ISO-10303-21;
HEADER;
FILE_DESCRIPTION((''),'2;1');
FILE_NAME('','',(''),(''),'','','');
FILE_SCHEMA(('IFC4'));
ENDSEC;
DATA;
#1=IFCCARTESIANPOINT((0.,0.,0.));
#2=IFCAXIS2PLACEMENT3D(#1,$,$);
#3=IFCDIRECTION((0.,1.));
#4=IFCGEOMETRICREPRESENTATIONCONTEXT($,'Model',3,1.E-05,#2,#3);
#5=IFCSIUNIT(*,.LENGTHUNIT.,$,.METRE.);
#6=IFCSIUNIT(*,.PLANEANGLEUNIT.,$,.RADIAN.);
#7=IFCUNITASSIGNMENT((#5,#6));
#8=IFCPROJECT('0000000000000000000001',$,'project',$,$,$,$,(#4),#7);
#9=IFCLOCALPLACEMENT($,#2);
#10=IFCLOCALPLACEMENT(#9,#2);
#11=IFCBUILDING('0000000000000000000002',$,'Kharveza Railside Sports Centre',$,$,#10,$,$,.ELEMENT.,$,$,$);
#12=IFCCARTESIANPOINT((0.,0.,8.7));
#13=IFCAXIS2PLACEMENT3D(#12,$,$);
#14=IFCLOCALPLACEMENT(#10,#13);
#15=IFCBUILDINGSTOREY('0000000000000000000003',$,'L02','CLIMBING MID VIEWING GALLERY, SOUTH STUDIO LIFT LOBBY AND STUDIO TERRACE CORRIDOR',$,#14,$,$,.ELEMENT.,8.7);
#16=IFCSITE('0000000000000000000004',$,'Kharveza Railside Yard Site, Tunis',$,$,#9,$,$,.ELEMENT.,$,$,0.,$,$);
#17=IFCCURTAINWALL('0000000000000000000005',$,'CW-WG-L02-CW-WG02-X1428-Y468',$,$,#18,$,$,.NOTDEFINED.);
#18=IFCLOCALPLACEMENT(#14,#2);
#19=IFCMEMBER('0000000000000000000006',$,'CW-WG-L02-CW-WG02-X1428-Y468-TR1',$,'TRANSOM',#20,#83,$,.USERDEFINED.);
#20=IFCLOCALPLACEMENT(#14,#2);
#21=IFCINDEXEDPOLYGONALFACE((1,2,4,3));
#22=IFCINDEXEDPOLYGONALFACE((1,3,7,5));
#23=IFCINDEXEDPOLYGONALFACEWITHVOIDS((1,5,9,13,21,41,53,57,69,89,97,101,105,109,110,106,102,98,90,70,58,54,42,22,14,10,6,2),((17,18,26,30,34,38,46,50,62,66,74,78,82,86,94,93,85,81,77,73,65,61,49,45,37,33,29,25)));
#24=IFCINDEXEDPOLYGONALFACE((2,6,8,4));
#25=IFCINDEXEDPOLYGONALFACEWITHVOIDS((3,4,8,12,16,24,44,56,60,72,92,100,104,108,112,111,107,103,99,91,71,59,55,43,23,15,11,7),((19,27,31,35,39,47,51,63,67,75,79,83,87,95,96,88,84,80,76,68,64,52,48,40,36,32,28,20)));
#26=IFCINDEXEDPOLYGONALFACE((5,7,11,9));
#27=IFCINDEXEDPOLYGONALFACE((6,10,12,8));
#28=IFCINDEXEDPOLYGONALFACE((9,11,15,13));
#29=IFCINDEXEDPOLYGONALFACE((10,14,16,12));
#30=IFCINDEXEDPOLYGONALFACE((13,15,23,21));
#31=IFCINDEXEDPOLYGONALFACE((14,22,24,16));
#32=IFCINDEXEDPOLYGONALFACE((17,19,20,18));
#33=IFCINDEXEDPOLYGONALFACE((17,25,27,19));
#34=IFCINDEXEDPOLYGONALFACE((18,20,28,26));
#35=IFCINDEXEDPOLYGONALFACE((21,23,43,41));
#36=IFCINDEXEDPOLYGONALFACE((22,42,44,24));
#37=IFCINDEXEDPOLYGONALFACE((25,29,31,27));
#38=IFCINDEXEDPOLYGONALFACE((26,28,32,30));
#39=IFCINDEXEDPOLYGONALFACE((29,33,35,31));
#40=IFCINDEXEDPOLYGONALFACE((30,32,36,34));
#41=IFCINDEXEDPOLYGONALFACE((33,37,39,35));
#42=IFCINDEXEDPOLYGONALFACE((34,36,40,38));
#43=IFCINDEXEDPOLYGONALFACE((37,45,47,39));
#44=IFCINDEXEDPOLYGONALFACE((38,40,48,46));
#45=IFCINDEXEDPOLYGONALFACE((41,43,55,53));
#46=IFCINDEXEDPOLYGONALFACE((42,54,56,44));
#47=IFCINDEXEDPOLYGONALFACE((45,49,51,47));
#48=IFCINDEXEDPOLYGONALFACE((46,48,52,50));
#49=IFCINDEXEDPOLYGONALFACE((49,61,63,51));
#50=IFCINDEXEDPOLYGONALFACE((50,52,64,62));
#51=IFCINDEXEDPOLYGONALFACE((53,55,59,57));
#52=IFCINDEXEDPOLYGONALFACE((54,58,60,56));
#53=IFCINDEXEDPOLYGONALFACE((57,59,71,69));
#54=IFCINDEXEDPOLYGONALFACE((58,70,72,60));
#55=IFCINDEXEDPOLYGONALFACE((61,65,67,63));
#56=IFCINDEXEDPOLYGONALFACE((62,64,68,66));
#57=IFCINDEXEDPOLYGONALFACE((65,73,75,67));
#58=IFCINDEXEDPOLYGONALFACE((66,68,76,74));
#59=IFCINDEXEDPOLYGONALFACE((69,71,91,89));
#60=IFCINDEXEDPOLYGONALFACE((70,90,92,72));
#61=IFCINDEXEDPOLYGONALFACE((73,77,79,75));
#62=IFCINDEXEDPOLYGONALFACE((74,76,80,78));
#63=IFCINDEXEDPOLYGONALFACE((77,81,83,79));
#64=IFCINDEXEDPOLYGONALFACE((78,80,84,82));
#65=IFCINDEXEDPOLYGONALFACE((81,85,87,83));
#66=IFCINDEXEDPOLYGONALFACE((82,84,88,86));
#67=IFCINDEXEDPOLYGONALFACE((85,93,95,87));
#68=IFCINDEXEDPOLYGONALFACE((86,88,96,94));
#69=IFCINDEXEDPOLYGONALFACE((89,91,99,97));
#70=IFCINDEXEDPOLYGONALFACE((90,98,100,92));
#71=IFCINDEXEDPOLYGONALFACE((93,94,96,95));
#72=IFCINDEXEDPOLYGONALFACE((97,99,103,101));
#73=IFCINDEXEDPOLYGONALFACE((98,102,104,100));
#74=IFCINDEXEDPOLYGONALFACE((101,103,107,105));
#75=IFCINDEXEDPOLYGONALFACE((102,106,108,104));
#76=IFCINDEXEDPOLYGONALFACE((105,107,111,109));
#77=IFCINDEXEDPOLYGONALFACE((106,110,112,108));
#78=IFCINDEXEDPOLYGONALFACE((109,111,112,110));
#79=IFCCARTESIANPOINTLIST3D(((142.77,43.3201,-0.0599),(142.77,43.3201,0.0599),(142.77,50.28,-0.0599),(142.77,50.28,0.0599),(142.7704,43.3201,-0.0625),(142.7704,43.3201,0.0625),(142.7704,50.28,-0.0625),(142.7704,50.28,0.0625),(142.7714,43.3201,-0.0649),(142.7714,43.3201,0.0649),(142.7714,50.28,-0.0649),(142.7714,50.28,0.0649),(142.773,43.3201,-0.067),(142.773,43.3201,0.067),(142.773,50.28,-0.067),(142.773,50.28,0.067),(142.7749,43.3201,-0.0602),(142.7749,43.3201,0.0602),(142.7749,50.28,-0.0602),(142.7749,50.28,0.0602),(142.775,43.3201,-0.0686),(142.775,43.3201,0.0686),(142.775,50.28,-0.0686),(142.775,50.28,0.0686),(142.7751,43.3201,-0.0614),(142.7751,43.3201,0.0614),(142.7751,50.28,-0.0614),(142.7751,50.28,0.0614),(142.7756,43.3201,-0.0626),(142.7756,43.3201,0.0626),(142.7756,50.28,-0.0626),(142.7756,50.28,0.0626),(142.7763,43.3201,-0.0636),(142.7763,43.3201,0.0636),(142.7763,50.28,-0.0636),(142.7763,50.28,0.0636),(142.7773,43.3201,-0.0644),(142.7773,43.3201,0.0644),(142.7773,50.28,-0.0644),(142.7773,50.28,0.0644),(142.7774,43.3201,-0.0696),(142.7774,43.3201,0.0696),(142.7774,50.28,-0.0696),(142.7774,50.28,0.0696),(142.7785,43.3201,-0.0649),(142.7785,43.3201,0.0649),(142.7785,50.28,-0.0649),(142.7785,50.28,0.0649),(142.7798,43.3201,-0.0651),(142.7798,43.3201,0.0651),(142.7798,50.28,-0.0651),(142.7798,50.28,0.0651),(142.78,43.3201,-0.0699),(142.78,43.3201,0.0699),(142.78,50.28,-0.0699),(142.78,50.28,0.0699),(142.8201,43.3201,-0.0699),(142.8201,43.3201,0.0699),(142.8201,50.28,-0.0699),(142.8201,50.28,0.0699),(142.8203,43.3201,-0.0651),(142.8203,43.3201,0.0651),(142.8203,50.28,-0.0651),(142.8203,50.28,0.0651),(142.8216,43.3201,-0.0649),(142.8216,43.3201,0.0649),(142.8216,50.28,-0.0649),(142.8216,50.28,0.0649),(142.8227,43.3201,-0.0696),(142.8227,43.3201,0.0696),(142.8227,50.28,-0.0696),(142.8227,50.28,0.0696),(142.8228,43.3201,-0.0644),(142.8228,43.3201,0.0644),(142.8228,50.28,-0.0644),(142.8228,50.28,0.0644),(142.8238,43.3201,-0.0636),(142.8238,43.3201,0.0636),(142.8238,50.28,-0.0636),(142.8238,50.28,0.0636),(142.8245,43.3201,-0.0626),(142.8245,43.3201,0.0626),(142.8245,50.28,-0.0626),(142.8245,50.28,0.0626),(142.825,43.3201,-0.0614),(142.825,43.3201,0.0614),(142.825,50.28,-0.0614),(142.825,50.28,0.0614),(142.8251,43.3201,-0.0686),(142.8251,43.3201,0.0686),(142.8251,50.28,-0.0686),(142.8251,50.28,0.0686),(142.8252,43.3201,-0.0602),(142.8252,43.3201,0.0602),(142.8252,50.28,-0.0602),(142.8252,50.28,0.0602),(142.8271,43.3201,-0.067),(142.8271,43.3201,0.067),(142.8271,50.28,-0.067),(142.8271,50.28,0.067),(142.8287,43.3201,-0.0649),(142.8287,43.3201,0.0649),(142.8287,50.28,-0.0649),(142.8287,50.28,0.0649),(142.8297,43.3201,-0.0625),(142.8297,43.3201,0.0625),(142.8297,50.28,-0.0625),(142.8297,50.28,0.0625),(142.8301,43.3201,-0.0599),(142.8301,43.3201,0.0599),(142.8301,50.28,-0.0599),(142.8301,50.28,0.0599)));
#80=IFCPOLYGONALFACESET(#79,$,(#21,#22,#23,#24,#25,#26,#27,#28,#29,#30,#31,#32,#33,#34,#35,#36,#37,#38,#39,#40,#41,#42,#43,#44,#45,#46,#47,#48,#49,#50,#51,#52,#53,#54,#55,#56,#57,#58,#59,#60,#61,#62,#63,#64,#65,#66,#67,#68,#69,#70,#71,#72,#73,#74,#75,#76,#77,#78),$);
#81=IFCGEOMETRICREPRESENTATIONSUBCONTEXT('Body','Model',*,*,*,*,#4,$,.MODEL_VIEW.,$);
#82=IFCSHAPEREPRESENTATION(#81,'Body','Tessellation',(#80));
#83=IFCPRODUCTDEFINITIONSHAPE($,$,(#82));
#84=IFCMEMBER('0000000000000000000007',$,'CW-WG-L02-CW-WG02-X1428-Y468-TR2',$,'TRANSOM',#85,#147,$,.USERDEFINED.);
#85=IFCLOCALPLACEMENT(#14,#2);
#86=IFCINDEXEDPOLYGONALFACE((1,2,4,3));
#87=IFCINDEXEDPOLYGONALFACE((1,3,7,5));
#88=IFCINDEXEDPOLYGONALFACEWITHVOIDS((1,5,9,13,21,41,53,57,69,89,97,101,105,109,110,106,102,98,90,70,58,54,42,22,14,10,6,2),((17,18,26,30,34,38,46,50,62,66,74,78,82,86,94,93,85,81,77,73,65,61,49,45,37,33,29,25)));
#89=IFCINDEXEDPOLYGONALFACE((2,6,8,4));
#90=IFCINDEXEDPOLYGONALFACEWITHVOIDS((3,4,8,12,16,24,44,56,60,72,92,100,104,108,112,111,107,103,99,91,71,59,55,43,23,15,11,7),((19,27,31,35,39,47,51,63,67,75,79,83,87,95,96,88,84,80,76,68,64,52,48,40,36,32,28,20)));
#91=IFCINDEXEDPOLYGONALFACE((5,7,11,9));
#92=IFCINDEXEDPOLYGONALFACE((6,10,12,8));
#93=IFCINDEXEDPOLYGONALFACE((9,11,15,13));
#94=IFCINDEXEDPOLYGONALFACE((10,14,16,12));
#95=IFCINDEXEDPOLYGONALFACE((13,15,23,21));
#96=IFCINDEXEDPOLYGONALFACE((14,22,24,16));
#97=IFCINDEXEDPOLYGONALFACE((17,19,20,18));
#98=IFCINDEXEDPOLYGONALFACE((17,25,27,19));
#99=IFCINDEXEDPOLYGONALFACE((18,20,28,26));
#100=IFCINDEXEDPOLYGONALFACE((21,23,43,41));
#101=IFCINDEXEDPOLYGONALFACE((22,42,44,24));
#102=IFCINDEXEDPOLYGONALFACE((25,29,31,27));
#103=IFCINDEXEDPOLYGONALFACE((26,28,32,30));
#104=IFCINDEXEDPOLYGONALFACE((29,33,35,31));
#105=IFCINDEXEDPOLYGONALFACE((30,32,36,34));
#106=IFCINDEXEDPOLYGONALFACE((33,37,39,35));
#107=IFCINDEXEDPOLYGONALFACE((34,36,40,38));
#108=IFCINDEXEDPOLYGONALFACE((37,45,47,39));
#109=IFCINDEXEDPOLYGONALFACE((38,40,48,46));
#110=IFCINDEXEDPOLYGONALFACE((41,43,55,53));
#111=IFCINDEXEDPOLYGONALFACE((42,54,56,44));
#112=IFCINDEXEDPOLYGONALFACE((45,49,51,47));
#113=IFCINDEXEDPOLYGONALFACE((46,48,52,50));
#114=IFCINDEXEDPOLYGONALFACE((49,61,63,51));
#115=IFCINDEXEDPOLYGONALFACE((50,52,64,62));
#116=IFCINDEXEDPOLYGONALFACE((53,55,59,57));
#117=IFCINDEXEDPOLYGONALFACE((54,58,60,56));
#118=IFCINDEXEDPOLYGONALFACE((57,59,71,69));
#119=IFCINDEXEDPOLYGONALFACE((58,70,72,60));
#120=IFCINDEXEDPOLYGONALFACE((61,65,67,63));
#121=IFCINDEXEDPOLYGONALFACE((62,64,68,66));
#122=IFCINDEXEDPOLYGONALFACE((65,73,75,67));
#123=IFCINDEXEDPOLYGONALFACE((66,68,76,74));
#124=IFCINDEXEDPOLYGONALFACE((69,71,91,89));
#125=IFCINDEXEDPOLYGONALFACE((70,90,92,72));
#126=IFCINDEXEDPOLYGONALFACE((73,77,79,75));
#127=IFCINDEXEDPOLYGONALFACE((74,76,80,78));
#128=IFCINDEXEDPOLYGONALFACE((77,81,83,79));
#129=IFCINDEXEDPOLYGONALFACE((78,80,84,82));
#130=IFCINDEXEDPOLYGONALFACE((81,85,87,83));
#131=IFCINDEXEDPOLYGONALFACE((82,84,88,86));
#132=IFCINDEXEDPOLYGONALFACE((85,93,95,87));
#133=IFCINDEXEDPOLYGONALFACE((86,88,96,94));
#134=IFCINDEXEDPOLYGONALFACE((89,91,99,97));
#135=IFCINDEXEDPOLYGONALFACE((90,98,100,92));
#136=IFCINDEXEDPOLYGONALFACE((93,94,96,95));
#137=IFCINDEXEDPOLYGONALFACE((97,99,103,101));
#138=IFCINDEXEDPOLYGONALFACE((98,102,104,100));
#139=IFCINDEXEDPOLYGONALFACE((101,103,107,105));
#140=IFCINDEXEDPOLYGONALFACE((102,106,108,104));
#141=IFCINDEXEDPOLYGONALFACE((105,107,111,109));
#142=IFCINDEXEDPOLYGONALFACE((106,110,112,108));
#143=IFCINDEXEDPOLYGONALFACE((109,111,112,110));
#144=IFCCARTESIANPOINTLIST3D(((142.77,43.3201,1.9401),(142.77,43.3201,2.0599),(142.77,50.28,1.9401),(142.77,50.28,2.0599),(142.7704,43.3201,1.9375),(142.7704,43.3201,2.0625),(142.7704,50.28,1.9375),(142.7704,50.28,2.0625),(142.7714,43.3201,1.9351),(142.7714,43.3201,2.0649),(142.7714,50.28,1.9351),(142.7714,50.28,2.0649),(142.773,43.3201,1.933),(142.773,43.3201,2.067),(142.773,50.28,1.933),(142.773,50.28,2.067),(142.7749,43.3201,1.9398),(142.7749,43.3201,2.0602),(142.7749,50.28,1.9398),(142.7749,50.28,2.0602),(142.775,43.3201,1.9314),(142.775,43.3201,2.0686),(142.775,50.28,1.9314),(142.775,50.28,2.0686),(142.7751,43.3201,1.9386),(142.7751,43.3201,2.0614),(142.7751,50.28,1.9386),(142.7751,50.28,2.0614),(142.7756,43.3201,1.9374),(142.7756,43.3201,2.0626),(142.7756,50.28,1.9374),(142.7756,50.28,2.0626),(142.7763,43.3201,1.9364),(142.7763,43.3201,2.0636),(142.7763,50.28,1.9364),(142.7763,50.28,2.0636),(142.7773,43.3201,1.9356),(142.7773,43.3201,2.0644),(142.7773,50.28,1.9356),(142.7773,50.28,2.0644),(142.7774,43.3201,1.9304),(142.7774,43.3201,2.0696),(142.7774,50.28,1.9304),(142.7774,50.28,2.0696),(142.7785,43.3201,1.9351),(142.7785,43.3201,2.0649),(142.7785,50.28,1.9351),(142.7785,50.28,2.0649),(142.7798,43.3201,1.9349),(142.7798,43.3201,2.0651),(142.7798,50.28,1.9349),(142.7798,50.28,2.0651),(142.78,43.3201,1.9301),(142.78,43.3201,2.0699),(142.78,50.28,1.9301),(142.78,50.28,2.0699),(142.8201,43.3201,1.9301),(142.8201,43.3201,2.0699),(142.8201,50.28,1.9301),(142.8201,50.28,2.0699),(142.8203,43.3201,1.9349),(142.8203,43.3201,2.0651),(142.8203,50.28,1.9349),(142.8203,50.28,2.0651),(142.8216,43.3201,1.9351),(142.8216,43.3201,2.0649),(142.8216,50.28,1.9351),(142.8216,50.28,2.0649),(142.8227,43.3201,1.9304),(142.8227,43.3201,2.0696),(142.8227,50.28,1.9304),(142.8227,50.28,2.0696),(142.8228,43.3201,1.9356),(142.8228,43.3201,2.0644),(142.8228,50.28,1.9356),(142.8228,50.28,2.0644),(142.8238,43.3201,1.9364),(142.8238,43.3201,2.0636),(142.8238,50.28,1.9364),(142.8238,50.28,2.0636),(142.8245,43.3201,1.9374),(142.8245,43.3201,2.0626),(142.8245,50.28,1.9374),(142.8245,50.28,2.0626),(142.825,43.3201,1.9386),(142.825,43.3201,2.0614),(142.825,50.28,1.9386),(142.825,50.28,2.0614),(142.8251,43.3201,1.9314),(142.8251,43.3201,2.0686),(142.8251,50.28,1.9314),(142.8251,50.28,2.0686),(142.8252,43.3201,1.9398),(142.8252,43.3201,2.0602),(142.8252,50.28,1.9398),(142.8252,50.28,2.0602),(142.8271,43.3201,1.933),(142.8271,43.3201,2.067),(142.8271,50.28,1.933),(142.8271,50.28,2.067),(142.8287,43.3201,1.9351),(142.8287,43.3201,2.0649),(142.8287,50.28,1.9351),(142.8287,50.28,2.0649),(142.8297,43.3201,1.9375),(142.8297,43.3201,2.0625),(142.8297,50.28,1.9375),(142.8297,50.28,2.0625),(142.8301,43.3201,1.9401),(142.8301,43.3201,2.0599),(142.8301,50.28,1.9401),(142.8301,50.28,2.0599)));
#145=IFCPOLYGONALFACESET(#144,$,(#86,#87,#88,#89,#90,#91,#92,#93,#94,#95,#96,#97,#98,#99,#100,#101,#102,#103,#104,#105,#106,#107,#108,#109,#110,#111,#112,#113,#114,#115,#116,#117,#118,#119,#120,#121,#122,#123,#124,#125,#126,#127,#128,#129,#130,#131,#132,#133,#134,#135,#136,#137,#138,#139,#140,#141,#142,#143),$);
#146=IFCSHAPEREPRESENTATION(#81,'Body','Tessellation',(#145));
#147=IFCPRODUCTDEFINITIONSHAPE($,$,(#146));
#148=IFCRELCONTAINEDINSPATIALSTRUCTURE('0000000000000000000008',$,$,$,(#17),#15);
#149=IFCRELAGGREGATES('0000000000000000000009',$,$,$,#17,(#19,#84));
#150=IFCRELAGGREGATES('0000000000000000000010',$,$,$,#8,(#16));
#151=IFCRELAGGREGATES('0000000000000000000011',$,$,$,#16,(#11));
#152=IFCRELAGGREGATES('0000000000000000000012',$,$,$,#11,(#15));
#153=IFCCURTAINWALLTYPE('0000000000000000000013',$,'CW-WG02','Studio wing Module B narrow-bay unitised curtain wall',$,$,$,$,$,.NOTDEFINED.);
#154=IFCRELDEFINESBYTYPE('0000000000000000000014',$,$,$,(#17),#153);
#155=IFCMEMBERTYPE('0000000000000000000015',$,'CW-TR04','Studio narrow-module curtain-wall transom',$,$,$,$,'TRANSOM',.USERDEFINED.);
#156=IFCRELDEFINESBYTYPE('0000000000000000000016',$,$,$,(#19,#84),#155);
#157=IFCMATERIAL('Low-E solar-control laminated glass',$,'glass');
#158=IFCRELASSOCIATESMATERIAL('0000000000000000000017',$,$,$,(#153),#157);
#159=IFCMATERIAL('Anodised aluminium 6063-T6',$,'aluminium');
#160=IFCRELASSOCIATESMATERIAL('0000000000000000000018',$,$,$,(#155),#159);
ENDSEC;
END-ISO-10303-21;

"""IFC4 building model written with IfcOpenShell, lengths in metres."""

from ifc_helpers import new_model, si_unit, direction, frame, origin, origin_2d, place, context, subcontext, project, spatial, hollow_rectangle, extrude, material, material_profile, profile_set, type_object, element, aggregate, save


model = new_model("IFC4")

# Units and contexts
model_context = context("Model", 3, precision=1e-05, world=origin(), true_north=direction((0.0, 1.0)))
body_context = subcontext(model_context, "Body", "Model", "MODEL_VIEW")
ifc_project = project(units=[si_unit("LENGTHUNIT", "METRE"), si_unit("PLANEANGLEUNIT", "RADIAN")], contexts=[model_context])

# Site, building, storey
site_placement = place(None, origin())
site = spatial("IfcSite", under=ifc_project, at=site_placement, Name="Kharveza Railside Yard Site, Tunis", CompositionType="ELEMENT", RefElevation=0.0)
building_placement = place(site_placement, origin())
building = spatial("IfcBuilding", under=site, at=building_placement, Name="Kharveza Railside Sports Centre", CompositionType="ELEMENT")
storey_placement = place(building_placement, frame((0.0, 0.0, 8.7)))
storey = spatial("IfcBuildingStorey", under=building, at=storey_placement, Name="L02", Description="CLIMBING MID VIEWING GALLERY, SOUTH STUDIO LIFT LOBBY AND STUDIO TERRACE CORRIDOR", CompositionType="ELEMENT", Elevation=8.7)

# Curtain wall
ifc_material_1 = material(Name="Low-E solar-control laminated glass", Category="glass")
curtain_wall_type = type_object("IfcCurtainWallType", Name="CW-WG02", Description="Studio wing Module B narrow-bay unitised curtain wall", PredefinedType="NOTDEFINED", material=ifc_material_1)
curtain_wall_1_placement = place(storey_placement, origin())
curtain_wall_1 = element("IfcCurtainWall", 1, at=curtain_wall_1_placement, inside=storey, type_object=curtain_wall_type, Name="CW-WG-L02-CW-WG02-X1428-Y468", PredefinedType="NOTDEFINED")
ifc_material_2 = material(Name="Anodised aluminium 6063-T6", Category="aluminium")

# Members
ifc_material_profile_1 = material_profile(ifc_material_2, hollow_rectangle(XDim=0.0601, YDim=0.1399, WallThickness=0.0049, InnerFilletRadius=0.0049, OuterFilletRadius=0.01, at=origin_2d()), Name="RHS 60x140x5.0")
ifc_profile_set_1 = profile_set([ifc_material_profile_1], Name="Anodised aluminium 6063-T6")
member_type_1 = type_object("IfcMemberType", Name="CW-TR04", Description="Studio narrow-module curtain-wall transom", ElementType="TRANSOM", PredefinedType="USERDEFINED", material=ifc_profile_set_1)
member_1_placement = place(storey_placement, frame((142.8, 50.28, 0.0), z_axis=(0.0, -1.0, 0.0), x_axis=(1.0, 0.0, 0.0)))
member_1 = element("IfcMember", 2, at=member_1_placement, type_object=member_type_1, Name="CW-WG-L02-CW-WG02-X1428-Y468-TR1", ObjectType="TRANSOM", PredefinedType="USERDEFINED", context=body_context, shape_type="SweptSolid", body=[
    extrude(hollow_rectangle(XDim=0.0601, YDim=0.1399, WallThickness=0.0049, InnerFilletRadius=0.0049, OuterFilletRadius=0.01, at=origin_2d()), origin(), (0.0, 0.0, 1.0), 6.96),
])
member_2_placement = place(storey_placement, frame((142.8, 50.28, 2.0), z_axis=(0.0, -1.0, 0.0), x_axis=(1.0, 0.0, 0.0)))
member_2 = element("IfcMember", 3, at=member_2_placement, type_object=member_type_1, Name="CW-WG-L02-CW-WG02-X1428-Y468-TR2", ObjectType="TRANSOM", PredefinedType="USERDEFINED", context=body_context, shape_type="SweptSolid", body=[
    extrude(hollow_rectangle(XDim=0.0601, YDim=0.1399, WallThickness=0.0049, InnerFilletRadius=0.0049, OuterFilletRadius=0.01, at=origin_2d()), origin(), (0.0, 0.0, 1.0), 6.96),
])

aggregate(curtain_wall_1, [member_1, member_2])

save(model, "model.ifc")
